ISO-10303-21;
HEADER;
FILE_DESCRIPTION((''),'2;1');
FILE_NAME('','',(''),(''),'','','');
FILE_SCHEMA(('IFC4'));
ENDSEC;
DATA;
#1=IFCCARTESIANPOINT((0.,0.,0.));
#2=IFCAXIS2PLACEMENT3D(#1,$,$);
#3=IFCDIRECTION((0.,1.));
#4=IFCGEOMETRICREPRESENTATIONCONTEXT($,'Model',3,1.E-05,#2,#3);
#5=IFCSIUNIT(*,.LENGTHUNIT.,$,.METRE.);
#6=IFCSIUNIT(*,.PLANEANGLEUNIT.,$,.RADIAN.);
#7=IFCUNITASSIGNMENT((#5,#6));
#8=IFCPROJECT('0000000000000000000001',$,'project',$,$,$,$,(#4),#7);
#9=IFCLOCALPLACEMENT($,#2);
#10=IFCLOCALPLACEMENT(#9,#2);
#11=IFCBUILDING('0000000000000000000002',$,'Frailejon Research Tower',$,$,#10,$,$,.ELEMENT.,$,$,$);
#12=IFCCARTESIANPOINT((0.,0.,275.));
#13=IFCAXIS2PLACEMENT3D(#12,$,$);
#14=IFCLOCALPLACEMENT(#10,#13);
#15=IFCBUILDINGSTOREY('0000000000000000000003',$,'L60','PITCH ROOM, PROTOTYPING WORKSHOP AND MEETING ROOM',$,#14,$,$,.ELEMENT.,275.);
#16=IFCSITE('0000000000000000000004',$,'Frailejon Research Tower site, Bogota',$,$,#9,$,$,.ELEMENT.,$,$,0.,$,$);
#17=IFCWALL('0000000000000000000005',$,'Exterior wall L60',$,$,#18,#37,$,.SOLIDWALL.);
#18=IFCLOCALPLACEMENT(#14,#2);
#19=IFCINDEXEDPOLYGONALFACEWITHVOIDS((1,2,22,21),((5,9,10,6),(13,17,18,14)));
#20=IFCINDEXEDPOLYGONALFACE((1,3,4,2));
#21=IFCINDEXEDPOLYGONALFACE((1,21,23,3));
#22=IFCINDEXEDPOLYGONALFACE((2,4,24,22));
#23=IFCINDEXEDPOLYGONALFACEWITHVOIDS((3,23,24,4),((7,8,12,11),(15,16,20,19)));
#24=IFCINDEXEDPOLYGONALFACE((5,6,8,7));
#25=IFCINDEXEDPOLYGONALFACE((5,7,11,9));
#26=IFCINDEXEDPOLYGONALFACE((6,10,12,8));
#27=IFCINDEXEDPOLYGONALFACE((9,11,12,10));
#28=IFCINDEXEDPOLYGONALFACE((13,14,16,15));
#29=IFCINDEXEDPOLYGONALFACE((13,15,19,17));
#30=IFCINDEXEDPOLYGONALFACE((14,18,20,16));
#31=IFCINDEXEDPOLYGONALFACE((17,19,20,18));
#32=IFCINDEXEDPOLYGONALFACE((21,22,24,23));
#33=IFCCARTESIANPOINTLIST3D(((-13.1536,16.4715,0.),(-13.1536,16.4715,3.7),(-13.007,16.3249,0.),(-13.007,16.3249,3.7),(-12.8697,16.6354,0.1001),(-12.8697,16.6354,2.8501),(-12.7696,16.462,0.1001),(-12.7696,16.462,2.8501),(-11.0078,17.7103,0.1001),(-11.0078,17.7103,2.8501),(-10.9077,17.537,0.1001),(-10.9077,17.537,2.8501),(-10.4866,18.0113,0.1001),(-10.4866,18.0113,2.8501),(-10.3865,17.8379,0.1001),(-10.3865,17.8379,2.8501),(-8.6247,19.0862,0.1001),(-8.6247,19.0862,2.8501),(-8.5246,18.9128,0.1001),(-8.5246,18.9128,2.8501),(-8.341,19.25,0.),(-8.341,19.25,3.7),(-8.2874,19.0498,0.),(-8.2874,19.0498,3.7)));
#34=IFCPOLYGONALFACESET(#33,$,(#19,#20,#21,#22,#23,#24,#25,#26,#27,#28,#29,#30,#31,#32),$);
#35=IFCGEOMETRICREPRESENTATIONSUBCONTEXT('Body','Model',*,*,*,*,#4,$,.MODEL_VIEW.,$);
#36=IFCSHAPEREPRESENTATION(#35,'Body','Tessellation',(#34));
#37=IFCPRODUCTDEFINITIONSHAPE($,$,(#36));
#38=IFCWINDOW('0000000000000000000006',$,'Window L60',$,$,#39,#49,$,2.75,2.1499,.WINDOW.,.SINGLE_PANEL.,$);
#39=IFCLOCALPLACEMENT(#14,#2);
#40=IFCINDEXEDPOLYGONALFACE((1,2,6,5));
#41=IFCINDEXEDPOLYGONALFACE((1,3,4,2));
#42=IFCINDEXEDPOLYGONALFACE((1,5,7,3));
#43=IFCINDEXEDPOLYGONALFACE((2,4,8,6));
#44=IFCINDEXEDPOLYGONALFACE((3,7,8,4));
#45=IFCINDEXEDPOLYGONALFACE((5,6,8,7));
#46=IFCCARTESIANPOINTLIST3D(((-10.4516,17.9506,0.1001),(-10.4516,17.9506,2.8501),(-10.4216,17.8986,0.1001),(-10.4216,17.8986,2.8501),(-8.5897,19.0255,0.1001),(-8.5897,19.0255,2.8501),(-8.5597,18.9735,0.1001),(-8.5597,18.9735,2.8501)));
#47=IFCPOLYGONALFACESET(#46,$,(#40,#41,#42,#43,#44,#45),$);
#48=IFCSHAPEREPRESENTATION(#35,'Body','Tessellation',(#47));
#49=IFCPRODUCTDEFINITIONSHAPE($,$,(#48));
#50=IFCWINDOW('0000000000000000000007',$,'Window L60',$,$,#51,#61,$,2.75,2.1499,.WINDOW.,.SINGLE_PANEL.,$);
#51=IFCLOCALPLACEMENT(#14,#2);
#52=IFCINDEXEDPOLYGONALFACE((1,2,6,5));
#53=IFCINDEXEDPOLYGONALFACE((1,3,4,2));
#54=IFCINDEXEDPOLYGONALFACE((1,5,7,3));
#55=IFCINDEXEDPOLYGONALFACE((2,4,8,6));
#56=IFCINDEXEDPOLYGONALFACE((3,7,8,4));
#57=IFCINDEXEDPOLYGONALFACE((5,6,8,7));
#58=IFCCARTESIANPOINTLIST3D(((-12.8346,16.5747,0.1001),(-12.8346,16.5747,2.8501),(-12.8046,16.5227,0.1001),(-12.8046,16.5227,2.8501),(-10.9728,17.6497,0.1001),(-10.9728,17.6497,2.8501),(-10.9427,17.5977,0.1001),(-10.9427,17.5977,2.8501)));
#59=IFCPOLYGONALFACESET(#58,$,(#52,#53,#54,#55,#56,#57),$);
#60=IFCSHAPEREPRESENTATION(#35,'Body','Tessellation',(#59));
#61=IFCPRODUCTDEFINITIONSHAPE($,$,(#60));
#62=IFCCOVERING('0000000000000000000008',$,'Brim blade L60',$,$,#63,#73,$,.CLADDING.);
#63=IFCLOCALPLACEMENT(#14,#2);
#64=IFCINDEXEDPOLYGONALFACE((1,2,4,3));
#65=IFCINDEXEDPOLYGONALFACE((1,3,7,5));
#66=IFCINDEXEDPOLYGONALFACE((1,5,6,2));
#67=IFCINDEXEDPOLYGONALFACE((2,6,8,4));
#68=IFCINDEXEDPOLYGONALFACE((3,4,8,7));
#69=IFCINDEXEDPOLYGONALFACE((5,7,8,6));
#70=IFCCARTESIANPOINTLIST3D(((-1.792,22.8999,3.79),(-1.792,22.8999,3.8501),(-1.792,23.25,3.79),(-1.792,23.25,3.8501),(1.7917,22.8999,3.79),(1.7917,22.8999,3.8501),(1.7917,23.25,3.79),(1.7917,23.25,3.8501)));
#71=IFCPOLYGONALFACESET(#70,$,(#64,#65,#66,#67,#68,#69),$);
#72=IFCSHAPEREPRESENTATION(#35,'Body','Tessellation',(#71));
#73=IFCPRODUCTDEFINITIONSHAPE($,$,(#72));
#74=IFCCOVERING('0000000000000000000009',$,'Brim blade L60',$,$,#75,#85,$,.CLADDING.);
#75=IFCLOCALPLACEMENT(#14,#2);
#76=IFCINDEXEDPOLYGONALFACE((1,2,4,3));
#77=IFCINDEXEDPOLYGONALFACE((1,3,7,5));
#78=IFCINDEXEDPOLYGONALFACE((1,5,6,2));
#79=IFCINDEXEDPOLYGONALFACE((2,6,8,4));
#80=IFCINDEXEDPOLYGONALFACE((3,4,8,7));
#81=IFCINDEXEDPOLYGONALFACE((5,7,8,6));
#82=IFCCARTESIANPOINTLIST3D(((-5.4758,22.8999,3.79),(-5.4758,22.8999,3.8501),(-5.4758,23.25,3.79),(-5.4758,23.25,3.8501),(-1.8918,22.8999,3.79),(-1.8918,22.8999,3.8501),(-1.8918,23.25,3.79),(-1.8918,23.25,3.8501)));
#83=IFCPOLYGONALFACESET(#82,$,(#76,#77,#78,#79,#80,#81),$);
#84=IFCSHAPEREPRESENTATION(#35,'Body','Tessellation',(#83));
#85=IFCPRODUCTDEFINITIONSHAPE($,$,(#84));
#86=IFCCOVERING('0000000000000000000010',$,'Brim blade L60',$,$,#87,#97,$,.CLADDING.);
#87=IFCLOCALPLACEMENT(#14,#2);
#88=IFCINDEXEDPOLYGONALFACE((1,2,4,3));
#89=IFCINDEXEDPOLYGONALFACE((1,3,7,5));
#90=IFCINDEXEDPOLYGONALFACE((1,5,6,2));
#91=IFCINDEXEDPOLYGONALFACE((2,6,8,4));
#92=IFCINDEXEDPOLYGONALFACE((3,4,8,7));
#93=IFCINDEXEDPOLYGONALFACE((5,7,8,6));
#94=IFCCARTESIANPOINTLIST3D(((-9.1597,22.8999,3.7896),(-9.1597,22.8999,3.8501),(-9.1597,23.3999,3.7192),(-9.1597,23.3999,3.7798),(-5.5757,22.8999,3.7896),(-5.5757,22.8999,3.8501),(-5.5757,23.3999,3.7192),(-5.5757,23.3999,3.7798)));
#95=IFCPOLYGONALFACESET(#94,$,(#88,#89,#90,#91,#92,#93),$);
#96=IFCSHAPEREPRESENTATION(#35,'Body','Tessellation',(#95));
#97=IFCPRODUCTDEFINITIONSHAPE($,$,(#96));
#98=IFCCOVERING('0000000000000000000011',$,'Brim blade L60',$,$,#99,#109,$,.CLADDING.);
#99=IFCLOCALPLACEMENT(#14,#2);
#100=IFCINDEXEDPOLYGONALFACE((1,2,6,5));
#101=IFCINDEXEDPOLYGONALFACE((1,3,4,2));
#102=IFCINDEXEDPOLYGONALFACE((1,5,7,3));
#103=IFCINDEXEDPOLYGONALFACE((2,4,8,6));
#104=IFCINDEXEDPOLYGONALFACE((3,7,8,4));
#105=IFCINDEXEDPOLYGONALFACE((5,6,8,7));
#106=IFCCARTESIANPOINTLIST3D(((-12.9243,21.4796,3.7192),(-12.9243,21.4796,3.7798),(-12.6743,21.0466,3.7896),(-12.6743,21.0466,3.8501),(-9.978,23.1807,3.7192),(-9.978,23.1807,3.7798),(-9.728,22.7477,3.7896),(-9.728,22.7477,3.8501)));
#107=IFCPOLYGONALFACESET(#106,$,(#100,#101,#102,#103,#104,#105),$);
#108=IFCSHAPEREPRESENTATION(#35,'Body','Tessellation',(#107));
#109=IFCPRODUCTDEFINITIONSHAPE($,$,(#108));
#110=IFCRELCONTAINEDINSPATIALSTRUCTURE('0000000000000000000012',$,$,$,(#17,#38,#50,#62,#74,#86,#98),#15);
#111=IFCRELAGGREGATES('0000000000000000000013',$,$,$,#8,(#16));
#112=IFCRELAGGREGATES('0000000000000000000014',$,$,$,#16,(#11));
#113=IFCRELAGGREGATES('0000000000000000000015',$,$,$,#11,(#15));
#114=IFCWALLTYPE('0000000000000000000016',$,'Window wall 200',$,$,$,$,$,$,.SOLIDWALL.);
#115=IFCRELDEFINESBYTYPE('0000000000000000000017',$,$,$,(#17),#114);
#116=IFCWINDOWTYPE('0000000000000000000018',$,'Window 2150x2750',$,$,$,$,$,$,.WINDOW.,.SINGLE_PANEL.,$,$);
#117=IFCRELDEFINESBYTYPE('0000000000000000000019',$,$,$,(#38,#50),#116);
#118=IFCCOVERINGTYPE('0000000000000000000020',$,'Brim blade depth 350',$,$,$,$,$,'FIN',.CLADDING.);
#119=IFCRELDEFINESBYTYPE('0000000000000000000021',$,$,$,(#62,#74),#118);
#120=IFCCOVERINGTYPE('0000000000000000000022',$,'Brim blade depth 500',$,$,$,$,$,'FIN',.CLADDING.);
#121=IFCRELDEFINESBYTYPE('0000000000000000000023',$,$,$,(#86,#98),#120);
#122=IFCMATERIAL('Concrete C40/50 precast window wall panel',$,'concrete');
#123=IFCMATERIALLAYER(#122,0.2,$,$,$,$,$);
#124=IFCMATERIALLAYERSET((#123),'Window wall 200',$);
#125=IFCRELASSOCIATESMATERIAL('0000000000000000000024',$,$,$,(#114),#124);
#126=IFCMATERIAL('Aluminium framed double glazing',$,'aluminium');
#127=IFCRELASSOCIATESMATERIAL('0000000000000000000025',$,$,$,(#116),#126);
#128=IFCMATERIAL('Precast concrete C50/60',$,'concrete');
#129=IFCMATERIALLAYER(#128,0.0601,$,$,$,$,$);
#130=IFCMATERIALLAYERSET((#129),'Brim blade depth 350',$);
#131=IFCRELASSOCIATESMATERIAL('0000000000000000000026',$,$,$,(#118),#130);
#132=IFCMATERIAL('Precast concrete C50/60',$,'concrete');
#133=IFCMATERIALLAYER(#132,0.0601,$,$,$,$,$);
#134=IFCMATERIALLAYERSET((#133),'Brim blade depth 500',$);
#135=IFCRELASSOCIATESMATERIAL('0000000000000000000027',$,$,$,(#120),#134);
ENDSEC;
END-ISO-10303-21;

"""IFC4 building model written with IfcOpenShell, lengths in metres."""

from ifc_helpers import new_model, si_unit, direction, frame, frame_2d, origin, place, context, subcontext, project, spatial, polyline, rectangle, outline, extrude, material, layer, layer_set, type_object, element, fill, save


model = new_model("IFC4")

# Units and contexts
model_context = context("Model", 3, precision=1e-05, world=origin(), true_north=direction((0.0, 1.0)))
body_context = subcontext(model_context, "Body", "Model", "MODEL_VIEW")
ifc_project = project(units=[si_unit("LENGTHUNIT", "METRE"), si_unit("PLANEANGLEUNIT", "RADIAN")], contexts=[model_context])

# Site, building, storey
site_placement = place(None, origin())
site = spatial("IfcSite", under=ifc_project, at=site_placement, Name="Frailejon Research Tower site, Bogota", CompositionType="ELEMENT", RefElevation=0.0)
building_placement = place(site_placement, origin())
building = spatial("IfcBuilding", under=site, at=building_placement, Name="Frailejon Research Tower", CompositionType="ELEMENT")
storey_placement = place(building_placement, frame((0.0, 0.0, 275.0)))
storey = spatial("IfcBuildingStorey", under=building, at=storey_placement, Name="L60", Description="PITCH ROOM, PROTOTYPING WORKSHOP AND MEETING ROOM", CompositionType="ELEMENT", Elevation=275.0)

# Wall, openings, windows
ifc_material_1 = material(Name="Concrete C40/50 precast window wall panel", Category="concrete")
ifc_layer_1 = layer(ifc_material_1, 0.2)
ifc_layer_set_1 = layer_set([ifc_layer_1], Name="Window wall 200")
wall_type = type_object("IfcWallType", Name="Window wall 200", PredefinedType="SOLIDWALL", material=ifc_layer_set_1)
wall_placement = place(storey_placement, frame((-8.3142, 19.1499, 0.0), z_axis=(0.0, 0.0, 1.0), x_axis=(-0.866026, -0.499999, 0.0)))
wall = element("IfcWall", 1, at=wall_placement, inside=storey, type_object=wall_type, Name="Exterior wall L60", PredefinedType="SOLIDWALL", context=body_context, shape_type="SweptSolid", body=[
    extrude(outline(polyline([(-0.0269, -0.1001), (1.0845, -0.1001), (2.196, -0.1001), (3.3074, -0.1001), (4.4189, -0.1001), (5.5303, -0.1001), (5.4766, 0.1001), (4.3867, 0.1001), (3.2966, 0.1001), (2.2068, 0.1001), (1.1167, 0.1001), (0.0269, 0.1001), (-0.0269, -0.1001)])), origin(), (0.0, 0.0, 1.0), 3.7),
])
opening_1_placement = place(wall_placement, frame((0.3008, 0.0, 0.1001)))
opening_1 = element("IfcOpeningElement", 2, at=opening_1_placement, cuts=wall, PredefinedType="OPENING", context=body_context, shape_type="SweptSolid", body=[
    extrude(rectangle(XDim=2.1499, YDim=2.75, at=frame_2d((1.075, 1.375))), frame((0.0, 0.1099, 0.0), z_axis=(0.0, -1.0, 0.0), x_axis=(1.0, 0.0, 0.0)), (0.0, 0.0, 1.0), 0.22),
])
opening_2_placement = place(wall_placement, frame((3.0525, 0.0, 0.1001)))
opening_2 = element("IfcOpeningElement", 3, at=opening_2_placement, cuts=wall, PredefinedType="OPENING", context=body_context, shape_type="SweptSolid", body=[
    extrude(rectangle(XDim=2.1499, YDim=2.75, at=frame_2d((1.075, 1.375))), frame((0.0, 0.1099, 0.0), z_axis=(0.0, -1.0, 0.0), x_axis=(1.0, 0.0, 0.0)), (0.0, 0.0, 1.0), 0.22),
])
ifc_material_2 = material(Name="Aluminium framed double glazing", Category="aluminium")
window_type = type_object("IfcWindowType", Name="Window 2150x2750", PartitioningType="SINGLE_PANEL", PredefinedType="WINDOW", material=ifc_material_2)
window_1_placement = place(opening_1_placement, origin())
window_1 = element("IfcWindow", 4, at=window_1_placement, inside=storey, type_object=window_type, Name="Window L60", OverallHeight=2.75, OverallWidth=2.1499, PartitioningType="SINGLE_PANEL", PredefinedType="WINDOW", context=body_context, shape_type="SweptSolid", body=[
    extrude(rectangle(XDim=2.1499, YDim=2.75, at=frame_2d((1.075, 1.375))), frame((0.0, 0.03, 0.0), z_axis=(0.0, -1.0, 0.0), x_axis=(1.0, 0.0, 0.0)), (0.0, 0.0, 1.0), 0.0601),
])
fill(opening_1, window_1)
window_2_placement = place(opening_2_placement, origin())
window_2 = element("IfcWindow", 5, at=window_2_placement, inside=storey, type_object=window_type, Name="Window L60", OverallHeight=2.75, OverallWidth=2.1499, PartitioningType="SINGLE_PANEL", PredefinedType="WINDOW", context=body_context, shape_type="SweptSolid", body=[
    extrude(rectangle(XDim=2.1499, YDim=2.75, at=frame_2d((1.075, 1.375))), frame((0.0, 0.03, 0.0), z_axis=(0.0, -1.0, 0.0), x_axis=(1.0, 0.0, 0.0)), (0.0, 0.0, 1.0), 0.0601),
])
fill(opening_2, window_2)

# Coverings
ifc_material_3 = material(Name="Precast concrete C50/60", Category="concrete")
ifc_layer_2 = layer(ifc_material_3, 0.0601)
ifc_layer_set_2 = layer_set([ifc_layer_2], Name="Brim blade depth 350")
covering_type_1 = type_object("IfcCoveringType", Name="Brim blade depth 350", ElementType="FIN", PredefinedType="CLADDING", material=ifc_layer_set_2)
covering_1_placement = place(storey_placement, frame((-1.792, 22.8999, 3.8501), z_axis=(1.0, 0.0, 0.0), x_axis=(0.0, 1.0, 0.0)))
element("IfcCovering", 6, at=covering_1_placement, inside=storey, type_object=covering_type_1, Name="Brim blade L60", PredefinedType="CLADDING", context=body_context, shape_type="SweptSolid", body=[
    extrude(outline(polyline([(0.0, -0.0601), (0.3501, -0.0601), (0.3501, 0.0), (0.0, 0.0), (0.0, -0.0601)])), origin(), (0.0, 0.0, 1.0), 3.5837),
])
covering_2_placement = place(storey_placement, frame((-5.4758, 22.8999, 3.8501), z_axis=(1.0, 0.0, 0.0), x_axis=(0.0, 1.0, 0.0)))
element("IfcCovering", 7, at=covering_2_placement, inside=storey, type_object=covering_type_1, Name="Brim blade L60", PredefinedType="CLADDING", context=body_context, shape_type="SweptSolid", body=[
    extrude(outline(polyline([(0.0, -0.0601), (0.3501, -0.0601), (0.3501, 0.0), (0.0, 0.0), (0.0, -0.0601)])), origin(), (0.0, 0.0, 1.0), 3.584),
])
ifc_material_4 = material(Name="Precast concrete C50/60", Category="concrete")
ifc_layer_3 = layer(ifc_material_4, 0.0601)
ifc_layer_set_3 = layer_set([ifc_layer_3], Name="Brim blade depth 500")
covering_type_2 = type_object("IfcCoveringType", Name="Brim blade depth 500", ElementType="FIN", PredefinedType="CLADDING", material=ifc_layer_set_3)
covering_3_placement = place(storey_placement, frame((-9.1597, 22.8999, 3.8501), z_axis=(1.0, 0.0, 0.0), x_axis=(0.0, 1.0, 0.0)))
element("IfcCovering", 8, at=covering_3_placement, inside=storey, type_object=covering_type_2, Name="Brim blade L60", PredefinedType="CLADDING", context=body_context, shape_type="SweptSolid", body=[
    extrude(outline(polyline([(0.0, -0.0605), (0.5, -0.1309), (0.5, -0.0703), (0.0, 0.0), (0.0, -0.0605)])), origin(), (0.0, 0.0, 1.0), 3.584),
])
covering_4_placement = place(storey_placement, frame((-12.6743, 21.0466, 3.8501), z_axis=(0.866024, 0.500003, 0.0), x_axis=(-0.500003, 0.866024, 0.0)))
element("IfcCovering", 9, at=covering_4_placement, inside=storey, type_object=covering_type_2, Name="Brim blade L60", PredefinedType="CLADDING", context=body_context, shape_type="SweptSolid", body=[
    extrude(outline(polyline([(0.0, -0.0605), (0.5, -0.1309), (0.5, -0.0703), (0.0, 0.0), (0.0, -0.0605)])), origin(), (0.0, 0.0, 1.0), 3.4021),
])

save(model, "model.ifc")
